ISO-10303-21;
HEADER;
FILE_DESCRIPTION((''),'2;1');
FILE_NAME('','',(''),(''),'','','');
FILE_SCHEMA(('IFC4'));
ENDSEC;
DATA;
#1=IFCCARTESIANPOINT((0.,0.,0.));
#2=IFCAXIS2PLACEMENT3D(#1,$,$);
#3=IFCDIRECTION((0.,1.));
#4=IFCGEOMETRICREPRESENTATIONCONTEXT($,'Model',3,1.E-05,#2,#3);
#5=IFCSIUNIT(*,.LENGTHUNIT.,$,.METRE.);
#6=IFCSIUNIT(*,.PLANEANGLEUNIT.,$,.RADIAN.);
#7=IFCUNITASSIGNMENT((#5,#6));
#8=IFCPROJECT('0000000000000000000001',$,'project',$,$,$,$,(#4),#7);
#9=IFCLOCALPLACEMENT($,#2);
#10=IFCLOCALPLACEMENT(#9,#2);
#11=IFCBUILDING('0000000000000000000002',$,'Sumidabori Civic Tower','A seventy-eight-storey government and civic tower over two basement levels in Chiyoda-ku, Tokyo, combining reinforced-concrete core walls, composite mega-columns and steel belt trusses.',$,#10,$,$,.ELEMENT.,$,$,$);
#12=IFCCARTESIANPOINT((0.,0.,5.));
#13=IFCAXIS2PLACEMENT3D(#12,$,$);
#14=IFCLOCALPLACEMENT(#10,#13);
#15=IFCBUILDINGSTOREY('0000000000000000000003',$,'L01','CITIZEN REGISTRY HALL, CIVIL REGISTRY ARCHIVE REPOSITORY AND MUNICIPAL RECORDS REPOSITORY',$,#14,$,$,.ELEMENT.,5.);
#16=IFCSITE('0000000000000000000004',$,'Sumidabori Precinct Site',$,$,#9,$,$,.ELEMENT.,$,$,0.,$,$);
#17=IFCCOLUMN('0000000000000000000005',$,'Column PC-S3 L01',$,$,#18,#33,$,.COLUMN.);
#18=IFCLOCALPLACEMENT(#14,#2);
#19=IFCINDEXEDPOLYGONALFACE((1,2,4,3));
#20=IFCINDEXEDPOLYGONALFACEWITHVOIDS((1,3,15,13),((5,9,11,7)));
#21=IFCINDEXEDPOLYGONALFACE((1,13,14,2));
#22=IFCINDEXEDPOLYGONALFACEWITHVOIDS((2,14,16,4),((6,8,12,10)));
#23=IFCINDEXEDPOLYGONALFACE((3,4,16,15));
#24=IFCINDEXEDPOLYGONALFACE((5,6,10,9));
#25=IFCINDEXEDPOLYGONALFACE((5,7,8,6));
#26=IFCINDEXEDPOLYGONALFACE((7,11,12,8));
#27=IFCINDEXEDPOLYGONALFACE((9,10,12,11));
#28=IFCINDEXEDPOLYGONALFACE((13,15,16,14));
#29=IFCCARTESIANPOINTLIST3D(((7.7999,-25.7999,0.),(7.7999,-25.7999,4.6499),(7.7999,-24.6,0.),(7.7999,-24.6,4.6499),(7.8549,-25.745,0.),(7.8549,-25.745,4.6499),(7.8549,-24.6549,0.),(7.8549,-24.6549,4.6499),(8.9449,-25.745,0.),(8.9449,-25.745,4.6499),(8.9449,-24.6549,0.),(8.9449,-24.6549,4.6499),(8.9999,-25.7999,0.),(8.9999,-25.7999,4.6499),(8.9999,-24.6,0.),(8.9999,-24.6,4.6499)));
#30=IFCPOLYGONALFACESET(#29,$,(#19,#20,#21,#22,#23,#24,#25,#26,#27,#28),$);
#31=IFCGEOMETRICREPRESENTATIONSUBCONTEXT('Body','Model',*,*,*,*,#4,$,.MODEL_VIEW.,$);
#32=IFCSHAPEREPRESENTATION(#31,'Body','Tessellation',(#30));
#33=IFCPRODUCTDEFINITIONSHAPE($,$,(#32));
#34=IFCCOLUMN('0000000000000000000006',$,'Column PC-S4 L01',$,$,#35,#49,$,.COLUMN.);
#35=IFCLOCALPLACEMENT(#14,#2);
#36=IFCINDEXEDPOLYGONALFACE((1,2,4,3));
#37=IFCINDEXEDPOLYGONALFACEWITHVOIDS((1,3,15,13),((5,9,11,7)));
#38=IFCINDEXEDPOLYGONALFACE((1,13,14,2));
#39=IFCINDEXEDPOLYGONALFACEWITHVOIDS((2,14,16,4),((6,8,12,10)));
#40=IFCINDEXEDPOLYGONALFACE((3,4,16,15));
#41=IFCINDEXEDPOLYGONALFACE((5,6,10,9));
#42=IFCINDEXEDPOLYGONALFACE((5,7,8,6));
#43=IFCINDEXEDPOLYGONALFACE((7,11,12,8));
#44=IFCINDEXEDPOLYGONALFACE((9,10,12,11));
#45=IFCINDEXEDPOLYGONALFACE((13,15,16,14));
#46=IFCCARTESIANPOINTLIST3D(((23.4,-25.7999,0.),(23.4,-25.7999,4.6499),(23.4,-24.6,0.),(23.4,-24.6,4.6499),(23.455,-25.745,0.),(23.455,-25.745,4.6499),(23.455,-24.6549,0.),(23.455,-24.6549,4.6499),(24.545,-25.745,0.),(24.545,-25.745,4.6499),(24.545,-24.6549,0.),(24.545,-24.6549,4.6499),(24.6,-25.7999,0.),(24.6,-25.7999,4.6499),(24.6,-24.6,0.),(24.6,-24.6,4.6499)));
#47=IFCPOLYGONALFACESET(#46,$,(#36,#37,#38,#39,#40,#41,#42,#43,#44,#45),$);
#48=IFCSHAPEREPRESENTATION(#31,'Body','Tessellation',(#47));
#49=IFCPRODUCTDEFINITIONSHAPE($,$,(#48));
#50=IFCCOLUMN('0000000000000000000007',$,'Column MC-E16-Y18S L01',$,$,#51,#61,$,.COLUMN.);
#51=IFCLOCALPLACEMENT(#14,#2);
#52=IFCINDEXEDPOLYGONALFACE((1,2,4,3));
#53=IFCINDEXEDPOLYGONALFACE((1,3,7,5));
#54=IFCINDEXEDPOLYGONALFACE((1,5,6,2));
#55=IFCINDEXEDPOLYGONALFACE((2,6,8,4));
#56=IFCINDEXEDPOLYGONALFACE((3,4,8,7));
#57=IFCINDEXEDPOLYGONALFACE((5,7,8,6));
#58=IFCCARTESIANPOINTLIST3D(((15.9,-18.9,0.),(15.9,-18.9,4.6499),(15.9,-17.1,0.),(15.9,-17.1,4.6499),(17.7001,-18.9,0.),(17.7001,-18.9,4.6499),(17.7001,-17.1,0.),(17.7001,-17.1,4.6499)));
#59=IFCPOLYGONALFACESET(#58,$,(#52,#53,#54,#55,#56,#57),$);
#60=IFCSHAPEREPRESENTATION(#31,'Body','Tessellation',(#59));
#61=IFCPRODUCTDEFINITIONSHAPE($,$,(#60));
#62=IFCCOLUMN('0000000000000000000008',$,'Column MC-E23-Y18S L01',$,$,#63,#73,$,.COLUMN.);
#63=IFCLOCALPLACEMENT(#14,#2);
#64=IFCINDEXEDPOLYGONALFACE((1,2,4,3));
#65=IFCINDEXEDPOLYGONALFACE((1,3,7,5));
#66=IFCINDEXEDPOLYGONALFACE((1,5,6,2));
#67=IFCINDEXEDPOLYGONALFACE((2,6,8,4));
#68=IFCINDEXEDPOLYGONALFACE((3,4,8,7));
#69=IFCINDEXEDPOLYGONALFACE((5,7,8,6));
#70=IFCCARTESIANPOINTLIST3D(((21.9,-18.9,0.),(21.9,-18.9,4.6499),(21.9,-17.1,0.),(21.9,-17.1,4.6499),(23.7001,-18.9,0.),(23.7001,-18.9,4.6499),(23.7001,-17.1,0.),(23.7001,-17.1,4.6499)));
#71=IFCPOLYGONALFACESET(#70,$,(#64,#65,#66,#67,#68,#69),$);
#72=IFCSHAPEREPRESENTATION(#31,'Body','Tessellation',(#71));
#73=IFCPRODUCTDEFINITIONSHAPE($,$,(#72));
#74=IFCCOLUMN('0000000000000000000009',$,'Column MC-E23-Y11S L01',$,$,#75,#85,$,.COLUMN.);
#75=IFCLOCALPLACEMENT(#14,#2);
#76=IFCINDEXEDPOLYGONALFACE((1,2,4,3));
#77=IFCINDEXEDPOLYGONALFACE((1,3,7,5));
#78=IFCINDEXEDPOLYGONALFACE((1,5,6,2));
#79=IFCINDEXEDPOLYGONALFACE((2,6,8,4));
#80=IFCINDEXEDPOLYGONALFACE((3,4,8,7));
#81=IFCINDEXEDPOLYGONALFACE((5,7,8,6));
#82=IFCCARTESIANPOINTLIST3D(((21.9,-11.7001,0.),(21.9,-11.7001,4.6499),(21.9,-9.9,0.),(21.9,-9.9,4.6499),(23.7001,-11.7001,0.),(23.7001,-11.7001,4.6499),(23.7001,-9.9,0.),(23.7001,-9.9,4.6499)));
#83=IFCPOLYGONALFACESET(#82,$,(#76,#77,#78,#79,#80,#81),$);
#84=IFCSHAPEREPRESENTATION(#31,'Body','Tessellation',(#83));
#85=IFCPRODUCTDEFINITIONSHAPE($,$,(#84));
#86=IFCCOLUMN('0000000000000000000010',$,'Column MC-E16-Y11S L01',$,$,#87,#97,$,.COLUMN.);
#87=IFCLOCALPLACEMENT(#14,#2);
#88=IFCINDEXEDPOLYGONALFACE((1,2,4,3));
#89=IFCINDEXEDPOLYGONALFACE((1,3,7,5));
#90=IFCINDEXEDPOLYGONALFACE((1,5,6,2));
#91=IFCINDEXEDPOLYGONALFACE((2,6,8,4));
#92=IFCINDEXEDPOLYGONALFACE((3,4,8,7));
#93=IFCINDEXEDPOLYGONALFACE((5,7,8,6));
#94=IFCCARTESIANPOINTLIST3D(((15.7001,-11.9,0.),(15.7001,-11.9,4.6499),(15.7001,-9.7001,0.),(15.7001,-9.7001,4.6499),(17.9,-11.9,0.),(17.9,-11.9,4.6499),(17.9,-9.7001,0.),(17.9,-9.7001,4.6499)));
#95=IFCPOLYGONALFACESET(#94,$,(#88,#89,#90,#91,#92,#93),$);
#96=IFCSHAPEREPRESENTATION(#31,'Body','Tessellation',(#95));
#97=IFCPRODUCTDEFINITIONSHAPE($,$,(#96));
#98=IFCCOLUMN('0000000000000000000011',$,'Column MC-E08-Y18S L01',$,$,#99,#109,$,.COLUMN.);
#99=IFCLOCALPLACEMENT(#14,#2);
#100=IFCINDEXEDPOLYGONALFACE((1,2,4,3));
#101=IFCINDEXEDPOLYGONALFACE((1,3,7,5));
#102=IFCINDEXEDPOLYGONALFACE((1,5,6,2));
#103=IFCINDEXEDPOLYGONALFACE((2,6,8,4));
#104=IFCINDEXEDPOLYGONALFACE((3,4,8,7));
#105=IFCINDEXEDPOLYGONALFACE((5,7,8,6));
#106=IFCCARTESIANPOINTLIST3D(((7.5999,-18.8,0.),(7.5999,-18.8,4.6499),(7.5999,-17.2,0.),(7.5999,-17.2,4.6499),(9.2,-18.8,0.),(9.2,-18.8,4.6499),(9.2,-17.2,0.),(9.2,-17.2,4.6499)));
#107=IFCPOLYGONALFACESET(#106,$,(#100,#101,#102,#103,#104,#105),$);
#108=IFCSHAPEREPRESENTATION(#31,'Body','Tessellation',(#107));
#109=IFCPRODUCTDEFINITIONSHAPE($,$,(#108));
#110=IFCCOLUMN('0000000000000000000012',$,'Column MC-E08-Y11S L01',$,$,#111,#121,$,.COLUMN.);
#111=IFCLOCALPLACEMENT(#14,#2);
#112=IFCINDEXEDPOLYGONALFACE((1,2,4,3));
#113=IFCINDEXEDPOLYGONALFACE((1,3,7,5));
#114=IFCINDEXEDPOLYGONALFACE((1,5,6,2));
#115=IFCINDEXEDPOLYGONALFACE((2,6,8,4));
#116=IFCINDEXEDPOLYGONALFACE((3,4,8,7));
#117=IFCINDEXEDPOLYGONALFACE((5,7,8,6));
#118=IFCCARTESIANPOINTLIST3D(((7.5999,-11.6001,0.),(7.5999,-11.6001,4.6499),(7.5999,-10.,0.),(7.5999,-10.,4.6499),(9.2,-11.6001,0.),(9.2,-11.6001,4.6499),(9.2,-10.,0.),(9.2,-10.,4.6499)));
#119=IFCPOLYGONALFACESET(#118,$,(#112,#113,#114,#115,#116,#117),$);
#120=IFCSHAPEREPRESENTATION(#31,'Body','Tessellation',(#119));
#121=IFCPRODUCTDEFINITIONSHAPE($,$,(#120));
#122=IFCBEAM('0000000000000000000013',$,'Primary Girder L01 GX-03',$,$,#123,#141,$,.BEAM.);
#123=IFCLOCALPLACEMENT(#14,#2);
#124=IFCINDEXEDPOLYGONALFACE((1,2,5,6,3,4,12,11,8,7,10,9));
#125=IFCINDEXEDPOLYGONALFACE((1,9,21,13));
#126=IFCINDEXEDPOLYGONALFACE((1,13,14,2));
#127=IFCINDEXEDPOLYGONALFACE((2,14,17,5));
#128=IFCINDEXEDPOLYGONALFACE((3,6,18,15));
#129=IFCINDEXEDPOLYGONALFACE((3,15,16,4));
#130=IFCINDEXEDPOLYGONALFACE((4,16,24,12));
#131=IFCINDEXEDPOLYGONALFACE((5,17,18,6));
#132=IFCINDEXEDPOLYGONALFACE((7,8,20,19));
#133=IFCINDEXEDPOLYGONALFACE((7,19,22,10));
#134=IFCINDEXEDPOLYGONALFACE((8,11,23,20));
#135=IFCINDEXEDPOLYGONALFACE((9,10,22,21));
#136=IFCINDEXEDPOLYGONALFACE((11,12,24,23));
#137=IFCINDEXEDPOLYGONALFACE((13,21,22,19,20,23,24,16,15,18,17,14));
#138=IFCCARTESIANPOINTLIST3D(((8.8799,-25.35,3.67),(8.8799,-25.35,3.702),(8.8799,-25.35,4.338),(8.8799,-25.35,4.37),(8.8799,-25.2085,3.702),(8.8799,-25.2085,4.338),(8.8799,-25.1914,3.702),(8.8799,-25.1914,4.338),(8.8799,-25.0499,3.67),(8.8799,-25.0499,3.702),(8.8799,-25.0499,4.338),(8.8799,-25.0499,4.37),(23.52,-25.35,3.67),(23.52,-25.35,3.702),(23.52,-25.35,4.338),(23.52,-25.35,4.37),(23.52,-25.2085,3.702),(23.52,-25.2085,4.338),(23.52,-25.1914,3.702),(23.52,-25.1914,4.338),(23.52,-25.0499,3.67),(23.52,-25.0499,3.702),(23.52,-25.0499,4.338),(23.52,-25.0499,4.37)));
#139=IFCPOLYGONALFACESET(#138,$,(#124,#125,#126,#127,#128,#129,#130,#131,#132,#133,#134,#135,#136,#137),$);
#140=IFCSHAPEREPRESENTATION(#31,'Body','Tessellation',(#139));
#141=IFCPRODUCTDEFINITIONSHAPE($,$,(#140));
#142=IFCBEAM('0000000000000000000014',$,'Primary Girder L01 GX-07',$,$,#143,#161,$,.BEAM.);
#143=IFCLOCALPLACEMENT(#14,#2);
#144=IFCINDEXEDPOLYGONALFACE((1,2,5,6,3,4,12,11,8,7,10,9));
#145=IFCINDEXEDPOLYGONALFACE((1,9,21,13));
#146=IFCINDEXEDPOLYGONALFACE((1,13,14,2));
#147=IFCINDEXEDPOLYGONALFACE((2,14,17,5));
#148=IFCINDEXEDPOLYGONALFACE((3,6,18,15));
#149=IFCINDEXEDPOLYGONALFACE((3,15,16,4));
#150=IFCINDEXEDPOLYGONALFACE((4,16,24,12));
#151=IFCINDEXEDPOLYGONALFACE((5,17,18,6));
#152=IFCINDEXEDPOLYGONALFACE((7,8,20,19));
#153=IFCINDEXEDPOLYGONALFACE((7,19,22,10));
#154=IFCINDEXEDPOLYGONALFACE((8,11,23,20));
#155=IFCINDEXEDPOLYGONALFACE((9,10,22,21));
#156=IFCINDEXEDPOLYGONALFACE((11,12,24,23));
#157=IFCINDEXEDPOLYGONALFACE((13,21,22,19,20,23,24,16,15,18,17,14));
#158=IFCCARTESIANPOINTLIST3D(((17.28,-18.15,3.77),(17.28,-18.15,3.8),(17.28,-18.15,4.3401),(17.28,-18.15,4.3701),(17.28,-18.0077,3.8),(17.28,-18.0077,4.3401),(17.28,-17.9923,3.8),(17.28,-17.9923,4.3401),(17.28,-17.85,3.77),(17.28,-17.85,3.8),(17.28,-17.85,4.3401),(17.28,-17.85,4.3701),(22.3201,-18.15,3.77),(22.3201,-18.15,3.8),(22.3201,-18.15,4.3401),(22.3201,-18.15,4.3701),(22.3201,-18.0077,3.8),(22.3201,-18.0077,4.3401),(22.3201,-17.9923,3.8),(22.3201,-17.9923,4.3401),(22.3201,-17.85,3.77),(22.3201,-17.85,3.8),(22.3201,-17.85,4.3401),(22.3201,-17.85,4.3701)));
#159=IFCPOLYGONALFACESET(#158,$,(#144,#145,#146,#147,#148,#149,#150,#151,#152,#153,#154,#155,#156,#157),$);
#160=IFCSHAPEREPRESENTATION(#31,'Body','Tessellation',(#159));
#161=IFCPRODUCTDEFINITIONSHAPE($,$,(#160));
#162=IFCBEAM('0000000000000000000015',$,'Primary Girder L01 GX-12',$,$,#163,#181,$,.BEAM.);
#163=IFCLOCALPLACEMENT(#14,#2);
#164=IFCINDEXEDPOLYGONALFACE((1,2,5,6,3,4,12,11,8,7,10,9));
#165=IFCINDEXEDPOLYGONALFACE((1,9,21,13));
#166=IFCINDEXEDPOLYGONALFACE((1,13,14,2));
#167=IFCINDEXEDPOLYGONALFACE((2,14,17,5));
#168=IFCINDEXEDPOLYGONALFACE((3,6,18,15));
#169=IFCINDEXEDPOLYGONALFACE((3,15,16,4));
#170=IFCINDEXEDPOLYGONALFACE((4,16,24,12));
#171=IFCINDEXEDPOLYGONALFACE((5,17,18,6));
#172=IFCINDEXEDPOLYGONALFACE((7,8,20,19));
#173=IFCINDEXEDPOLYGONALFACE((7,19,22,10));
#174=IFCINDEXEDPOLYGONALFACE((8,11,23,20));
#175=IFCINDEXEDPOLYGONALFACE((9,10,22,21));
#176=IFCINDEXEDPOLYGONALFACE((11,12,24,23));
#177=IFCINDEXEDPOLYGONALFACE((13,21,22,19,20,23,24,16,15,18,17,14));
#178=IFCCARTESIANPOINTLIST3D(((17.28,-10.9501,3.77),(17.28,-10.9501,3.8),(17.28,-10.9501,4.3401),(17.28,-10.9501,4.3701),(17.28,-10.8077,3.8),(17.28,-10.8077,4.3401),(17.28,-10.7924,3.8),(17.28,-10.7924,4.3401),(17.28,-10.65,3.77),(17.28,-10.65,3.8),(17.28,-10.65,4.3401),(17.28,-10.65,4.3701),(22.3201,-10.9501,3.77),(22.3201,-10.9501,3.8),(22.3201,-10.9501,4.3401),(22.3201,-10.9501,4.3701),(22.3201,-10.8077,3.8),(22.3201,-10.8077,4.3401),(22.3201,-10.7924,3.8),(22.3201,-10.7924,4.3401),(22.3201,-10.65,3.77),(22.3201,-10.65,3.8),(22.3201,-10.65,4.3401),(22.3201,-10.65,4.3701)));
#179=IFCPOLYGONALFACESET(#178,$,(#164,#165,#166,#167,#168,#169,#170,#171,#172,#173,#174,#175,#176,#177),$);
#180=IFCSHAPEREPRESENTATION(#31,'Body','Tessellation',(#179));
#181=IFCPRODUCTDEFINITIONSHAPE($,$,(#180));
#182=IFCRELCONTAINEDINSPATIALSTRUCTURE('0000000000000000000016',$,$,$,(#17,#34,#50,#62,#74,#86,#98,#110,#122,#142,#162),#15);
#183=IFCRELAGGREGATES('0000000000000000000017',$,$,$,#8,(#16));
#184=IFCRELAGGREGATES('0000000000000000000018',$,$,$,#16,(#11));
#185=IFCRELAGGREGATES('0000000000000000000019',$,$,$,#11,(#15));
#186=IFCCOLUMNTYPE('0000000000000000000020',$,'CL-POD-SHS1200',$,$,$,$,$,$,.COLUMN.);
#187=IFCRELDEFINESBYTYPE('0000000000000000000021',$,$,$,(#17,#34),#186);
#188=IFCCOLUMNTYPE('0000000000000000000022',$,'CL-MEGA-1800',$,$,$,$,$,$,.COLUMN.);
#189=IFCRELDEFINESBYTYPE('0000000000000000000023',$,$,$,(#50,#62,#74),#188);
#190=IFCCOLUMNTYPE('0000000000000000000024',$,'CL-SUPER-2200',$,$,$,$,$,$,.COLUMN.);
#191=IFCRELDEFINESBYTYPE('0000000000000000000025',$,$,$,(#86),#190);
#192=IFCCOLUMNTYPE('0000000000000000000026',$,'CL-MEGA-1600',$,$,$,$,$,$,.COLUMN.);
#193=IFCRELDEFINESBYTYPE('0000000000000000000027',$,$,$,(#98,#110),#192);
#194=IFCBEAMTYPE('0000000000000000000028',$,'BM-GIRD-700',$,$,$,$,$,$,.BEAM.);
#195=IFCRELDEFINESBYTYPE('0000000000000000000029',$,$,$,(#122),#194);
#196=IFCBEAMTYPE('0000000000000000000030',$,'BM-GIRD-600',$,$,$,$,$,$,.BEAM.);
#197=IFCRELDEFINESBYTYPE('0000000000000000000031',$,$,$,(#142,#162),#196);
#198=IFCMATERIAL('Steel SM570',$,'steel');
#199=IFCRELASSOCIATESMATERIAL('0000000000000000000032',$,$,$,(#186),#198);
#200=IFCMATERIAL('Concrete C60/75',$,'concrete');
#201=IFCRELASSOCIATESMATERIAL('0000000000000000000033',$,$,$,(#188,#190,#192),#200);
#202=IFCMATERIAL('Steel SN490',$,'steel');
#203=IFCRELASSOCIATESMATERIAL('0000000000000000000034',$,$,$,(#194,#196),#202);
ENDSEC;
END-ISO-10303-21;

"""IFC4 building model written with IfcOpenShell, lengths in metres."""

from ifc_helpers import new_model, si_unit, direction, frame, origin, origin_2d, place, context, subcontext, project, spatial, rectangle, hollow_rectangle, i_section, extrude, source, transform, mapped, material, material_profile, profile_set, type_object, element, save


model = new_model("IFC4")

# Units and contexts
model_context = context("Model", 3, precision=1e-05, world=origin(), true_north=direction((0.0, 1.0)))
body_context = subcontext(model_context, "Body", "Model", "MODEL_VIEW")
ifc_project = project(units=[si_unit("LENGTHUNIT", "METRE"), si_unit("PLANEANGLEUNIT", "RADIAN")], contexts=[model_context])

# Site, building, storey
site_placement = place(None, origin())
site = spatial("IfcSite", under=ifc_project, at=site_placement, Name="Sumidabori Precinct Site", CompositionType="ELEMENT", RefElevation=0.0)
building_placement = place(site_placement, origin())
building = spatial("IfcBuilding", under=site, at=building_placement, Name="Sumidabori Civic Tower", Description="A seventy-eight-storey government and civic tower over two basement levels in Chiyoda-ku, Tokyo, combining reinforced-concrete core walls, composite mega-columns and steel belt trusses.", CompositionType="ELEMENT")
storey_placement = place(building_placement, frame((0.0, 0.0, 5.0)))
storey = spatial("IfcBuildingStorey", under=building, at=storey_placement, Name="L01", Description="CITIZEN REGISTRY HALL, CIVIL REGISTRY ARCHIVE REPOSITORY AND MUNICIPAL RECORDS REPOSITORY", CompositionType="ELEMENT", Elevation=5.0)

# Columns
ifc_material_1 = material(Name="Steel SM570", Category="steel")
ifc_material_profile_1 = material_profile(ifc_material_1, hollow_rectangle(XDim=1.2, YDim=1.2, WallThickness=0.0549, at=origin_2d()), Name="SHS 1200x1200x55")
ifc_profile_set_1 = profile_set([ifc_material_profile_1], Name="Steel SM570")
column_type_1 = type_object("IfcColumnType", Name="CL-POD-SHS1200", PredefinedType="COLUMN", material=ifc_profile_set_1)
shared_shape_1 = source(origin(), body_context, "Body", "SweptSolid", [
    extrude(hollow_rectangle(XDim=1.2, YDim=1.2, WallThickness=0.0549, at=origin_2d()), origin(), (0.0, 0.0, 1.0), 4.6499),
])
for number, where, z_axis, x_axis, name in (
    (1, (8.3999, -25.2, 0.0), (0.0, 0.0, 1.0), (1.0, 0.0, 0.0), "Column PC-S3 L01"),
    (2, (24.0, -25.2, 0.0), (0.0, 0.0, 1.0), (1.0, 0.0, 0.0), "Column PC-S4 L01"),
):
    element("IfcColumn", number, at=place(storey_placement, frame(where, z_axis=z_axis, x_axis=x_axis)), inside=storey, type_object=column_type_1, Name=name, PredefinedType="COLUMN", context=body_context, shape_type="MappedRepresentation", body=[
        mapped(shared_shape_1, transform((0.0, 0.0, 0.0), x_axis=(1.0, 0.0, 0.0), y_axis=(0.0, 1.0, 0.0), z_axis=(0.0, 0.0, 1.0), scale=1.0)),
    ])
ifc_material_2 = material(Name="Concrete C60/75", Category="concrete")
ifc_material_profile_2 = material_profile(ifc_material_2, rectangle(XDim=1.8, YDim=1.8, at=origin_2d()), Name="RC 1800x1800")
ifc_profile_set_2 = profile_set([ifc_material_profile_2], Name="Concrete C60/75")
column_type_2 = type_object("IfcColumnType", Name="CL-MEGA-1800", PredefinedType="COLUMN", material=ifc_profile_set_2)
shared_shape_2 = source(origin(), body_context, "Body", "SweptSolid", [
    extrude(rectangle(XDim=1.8, YDim=1.8, at=origin_2d()), origin(), (0.0, 0.0, 1.0), 4.6499),
])
for number, where, z_axis, x_axis, name in (
    (3, (16.8, -18.0, 0.0), (0.0, 0.0, 1.0), (1.0, 0.0, 0.0), "Column MC-E16-Y18S L01"),
    (4, (22.8, -18.0, 0.0), (0.0, 0.0, 1.0), (1.0, 0.0, 0.0), "Column MC-E23-Y18S L01"),
    (5, (22.8, -10.8, 0.0), (0.0, 0.0, 1.0), (1.0, 0.0, 0.0), "Column MC-E23-Y11S L01"),
):
    element("IfcColumn", number, at=place(storey_placement, frame(where, z_axis=z_axis, x_axis=x_axis)), inside=storey, type_object=column_type_2, Name=name, PredefinedType="COLUMN", context=body_context, shape_type="MappedRepresentation", body=[
        mapped(shared_shape_2, transform((0.0, 0.0, 0.0), x_axis=(1.0, 0.0, 0.0), y_axis=(0.0, 1.0, 0.0), z_axis=(0.0, 0.0, 1.0), scale=1.0)),
    ])
ifc_material_profile_3 = material_profile(ifc_material_2, rectangle(XDim=2.2, YDim=2.2, at=origin_2d()), Name="RC 2200x2200")
ifc_profile_set_3 = profile_set([ifc_material_profile_3], Name="Concrete C60/75")
column_type_3 = type_object("IfcColumnType", Name="CL-SUPER-2200", PredefinedType="COLUMN", material=ifc_profile_set_3)
shared_shape_3 = source(origin(), body_context, "Body", "SweptSolid", [
    extrude(rectangle(XDim=2.2, YDim=2.2, at=origin_2d()), origin(), (0.0, 0.0, 1.0), 4.6499),
])
column_placement = place(storey_placement, frame((16.8, -10.8, 0.0), z_axis=(0.0, 0.0, 1.0), x_axis=(1.0, 0.0, 0.0)))
element("IfcColumn", 6, at=column_placement, inside=storey, type_object=column_type_3, Name="Column MC-E16-Y11S L01", PredefinedType="COLUMN", context=body_context, shape_type="MappedRepresentation", body=[
    mapped(shared_shape_3, transform((0.0, 0.0, 0.0), x_axis=(1.0, 0.0, 0.0), y_axis=(0.0, 1.0, 0.0), z_axis=(0.0, 0.0, 1.0), scale=1.0)),
])
ifc_material_profile_4 = material_profile(ifc_material_2, rectangle(XDim=1.6001, YDim=1.6001, at=origin_2d()), Name="RC 1600x1600")
ifc_profile_set_4 = profile_set([ifc_material_profile_4], Name="Concrete C60/75")
column_type_4 = type_object("IfcColumnType", Name="CL-MEGA-1600", PredefinedType="COLUMN", material=ifc_profile_set_4)
shared_shape_4 = source(origin(), body_context, "Body", "SweptSolid", [
    extrude(rectangle(XDim=1.6001, YDim=1.6001, at=origin_2d()), origin(), (0.0, 0.0, 1.0), 4.6499),
])
for number, where, z_axis, x_axis, name in (
    (7, (8.3999, -18.0, 0.0), (0.0, 0.0, 1.0), (1.0, 0.0, 0.0), "Column MC-E08-Y18S L01"),
    (8, (8.3999, -10.8, 0.0), (0.0, 0.0, 1.0), (1.0, 0.0, 0.0), "Column MC-E08-Y11S L01"),
):
    element("IfcColumn", number, at=place(storey_placement, frame(where, z_axis=z_axis, x_axis=x_axis)), inside=storey, type_object=column_type_4, Name=name, PredefinedType="COLUMN", context=body_context, shape_type="MappedRepresentation", body=[
        mapped(shared_shape_4, transform((0.0, 0.0, 0.0), x_axis=(1.0, 0.0, 0.0), y_axis=(0.0, 1.0, 0.0), z_axis=(0.0, 0.0, 1.0), scale=1.0)),
    ])

# Beams
ifc_material_3 = material(Name="Steel SN490", Category="steel")
ifc_material_profile_5 = material_profile(ifc_material_3, i_section(OverallWidth=0.3, OverallDepth=0.7, WebThickness=0.0171, FlangeThickness=0.032, at=origin_2d()), Name="HE 700 B")
ifc_profile_set_5 = profile_set([ifc_material_profile_5], Name="Steel SN490")
beam_type_1 = type_object("IfcBeamType", Name="BM-GIRD-700", PredefinedType="BEAM", material=ifc_profile_set_5)
shared_shape_5 = source(origin(), body_context, "Body", "SweptSolid", [
    extrude(i_section(OverallWidth=0.3, OverallDepth=0.7, WebThickness=0.0171, FlangeThickness=0.032, at=origin_2d()), origin(), (0.0, 0.0, 1.0), 14.6401),
])
beam_placement = place(storey_placement, frame((8.8799, -25.2, 4.02), z_axis=(1.0, 0.0, 0.0), x_axis=(0.0, 1.0, 0.0)))
element("IfcBeam", 9, at=beam_placement, inside=storey, type_object=beam_type_1, Name="Primary Girder L01 GX-03", PredefinedType="BEAM", context=body_context, shape_type="MappedRepresentation", body=[
    mapped(shared_shape_5, transform((0.0, 0.0, 0.0), x_axis=(1.0, 0.0, 0.0), y_axis=(0.0, 1.0, 0.0), z_axis=(0.0, 0.0, 1.0), scale=1.0)),
])
ifc_material_profile_6 = material_profile(ifc_material_3, i_section(OverallWidth=0.3, OverallDepth=0.6001, WebThickness=0.0154, FlangeThickness=0.03, at=origin_2d()), Name="HE 600 B")
ifc_profile_set_6 = profile_set([ifc_material_profile_6], Name="Steel SN490")
beam_type_2 = type_object("IfcBeamType", Name="BM-GIRD-600", PredefinedType="BEAM", material=ifc_profile_set_6)
shared_shape_6 = source(origin(), body_context, "Body", "SweptSolid", [
    extrude(i_section(OverallWidth=0.3, OverallDepth=0.6001, WebThickness=0.0154, FlangeThickness=0.03, at=origin_2d()), origin(), (0.0, 0.0, 1.0), 5.04),
])
for number, where, z_axis, x_axis, name in (
    (10, (17.28, -18.0, 4.0701), (1.0, 0.0, 0.0), (0.0, 1.0, 0.0), "Primary Girder L01 GX-07"),
    (11, (17.28, -10.8, 4.0701), (1.0, 0.0, 0.0), (0.0, 1.0, 0.0), "Primary Girder L01 GX-12"),
):
    element("IfcBeam", number, at=place(storey_placement, frame(where, z_axis=z_axis, x_axis=x_axis)), inside=storey, type_object=beam_type_2, Name=name, PredefinedType="BEAM", context=body_context, shape_type="MappedRepresentation", body=[
        mapped(shared_shape_6, transform((0.0, 0.0, 0.0), x_axis=(1.0, 0.0, 0.0), y_axis=(0.0, 1.0, 0.0), z_axis=(0.0, 0.0, 1.0), scale=1.0)),
    ])

save(model, "model.ifc")
